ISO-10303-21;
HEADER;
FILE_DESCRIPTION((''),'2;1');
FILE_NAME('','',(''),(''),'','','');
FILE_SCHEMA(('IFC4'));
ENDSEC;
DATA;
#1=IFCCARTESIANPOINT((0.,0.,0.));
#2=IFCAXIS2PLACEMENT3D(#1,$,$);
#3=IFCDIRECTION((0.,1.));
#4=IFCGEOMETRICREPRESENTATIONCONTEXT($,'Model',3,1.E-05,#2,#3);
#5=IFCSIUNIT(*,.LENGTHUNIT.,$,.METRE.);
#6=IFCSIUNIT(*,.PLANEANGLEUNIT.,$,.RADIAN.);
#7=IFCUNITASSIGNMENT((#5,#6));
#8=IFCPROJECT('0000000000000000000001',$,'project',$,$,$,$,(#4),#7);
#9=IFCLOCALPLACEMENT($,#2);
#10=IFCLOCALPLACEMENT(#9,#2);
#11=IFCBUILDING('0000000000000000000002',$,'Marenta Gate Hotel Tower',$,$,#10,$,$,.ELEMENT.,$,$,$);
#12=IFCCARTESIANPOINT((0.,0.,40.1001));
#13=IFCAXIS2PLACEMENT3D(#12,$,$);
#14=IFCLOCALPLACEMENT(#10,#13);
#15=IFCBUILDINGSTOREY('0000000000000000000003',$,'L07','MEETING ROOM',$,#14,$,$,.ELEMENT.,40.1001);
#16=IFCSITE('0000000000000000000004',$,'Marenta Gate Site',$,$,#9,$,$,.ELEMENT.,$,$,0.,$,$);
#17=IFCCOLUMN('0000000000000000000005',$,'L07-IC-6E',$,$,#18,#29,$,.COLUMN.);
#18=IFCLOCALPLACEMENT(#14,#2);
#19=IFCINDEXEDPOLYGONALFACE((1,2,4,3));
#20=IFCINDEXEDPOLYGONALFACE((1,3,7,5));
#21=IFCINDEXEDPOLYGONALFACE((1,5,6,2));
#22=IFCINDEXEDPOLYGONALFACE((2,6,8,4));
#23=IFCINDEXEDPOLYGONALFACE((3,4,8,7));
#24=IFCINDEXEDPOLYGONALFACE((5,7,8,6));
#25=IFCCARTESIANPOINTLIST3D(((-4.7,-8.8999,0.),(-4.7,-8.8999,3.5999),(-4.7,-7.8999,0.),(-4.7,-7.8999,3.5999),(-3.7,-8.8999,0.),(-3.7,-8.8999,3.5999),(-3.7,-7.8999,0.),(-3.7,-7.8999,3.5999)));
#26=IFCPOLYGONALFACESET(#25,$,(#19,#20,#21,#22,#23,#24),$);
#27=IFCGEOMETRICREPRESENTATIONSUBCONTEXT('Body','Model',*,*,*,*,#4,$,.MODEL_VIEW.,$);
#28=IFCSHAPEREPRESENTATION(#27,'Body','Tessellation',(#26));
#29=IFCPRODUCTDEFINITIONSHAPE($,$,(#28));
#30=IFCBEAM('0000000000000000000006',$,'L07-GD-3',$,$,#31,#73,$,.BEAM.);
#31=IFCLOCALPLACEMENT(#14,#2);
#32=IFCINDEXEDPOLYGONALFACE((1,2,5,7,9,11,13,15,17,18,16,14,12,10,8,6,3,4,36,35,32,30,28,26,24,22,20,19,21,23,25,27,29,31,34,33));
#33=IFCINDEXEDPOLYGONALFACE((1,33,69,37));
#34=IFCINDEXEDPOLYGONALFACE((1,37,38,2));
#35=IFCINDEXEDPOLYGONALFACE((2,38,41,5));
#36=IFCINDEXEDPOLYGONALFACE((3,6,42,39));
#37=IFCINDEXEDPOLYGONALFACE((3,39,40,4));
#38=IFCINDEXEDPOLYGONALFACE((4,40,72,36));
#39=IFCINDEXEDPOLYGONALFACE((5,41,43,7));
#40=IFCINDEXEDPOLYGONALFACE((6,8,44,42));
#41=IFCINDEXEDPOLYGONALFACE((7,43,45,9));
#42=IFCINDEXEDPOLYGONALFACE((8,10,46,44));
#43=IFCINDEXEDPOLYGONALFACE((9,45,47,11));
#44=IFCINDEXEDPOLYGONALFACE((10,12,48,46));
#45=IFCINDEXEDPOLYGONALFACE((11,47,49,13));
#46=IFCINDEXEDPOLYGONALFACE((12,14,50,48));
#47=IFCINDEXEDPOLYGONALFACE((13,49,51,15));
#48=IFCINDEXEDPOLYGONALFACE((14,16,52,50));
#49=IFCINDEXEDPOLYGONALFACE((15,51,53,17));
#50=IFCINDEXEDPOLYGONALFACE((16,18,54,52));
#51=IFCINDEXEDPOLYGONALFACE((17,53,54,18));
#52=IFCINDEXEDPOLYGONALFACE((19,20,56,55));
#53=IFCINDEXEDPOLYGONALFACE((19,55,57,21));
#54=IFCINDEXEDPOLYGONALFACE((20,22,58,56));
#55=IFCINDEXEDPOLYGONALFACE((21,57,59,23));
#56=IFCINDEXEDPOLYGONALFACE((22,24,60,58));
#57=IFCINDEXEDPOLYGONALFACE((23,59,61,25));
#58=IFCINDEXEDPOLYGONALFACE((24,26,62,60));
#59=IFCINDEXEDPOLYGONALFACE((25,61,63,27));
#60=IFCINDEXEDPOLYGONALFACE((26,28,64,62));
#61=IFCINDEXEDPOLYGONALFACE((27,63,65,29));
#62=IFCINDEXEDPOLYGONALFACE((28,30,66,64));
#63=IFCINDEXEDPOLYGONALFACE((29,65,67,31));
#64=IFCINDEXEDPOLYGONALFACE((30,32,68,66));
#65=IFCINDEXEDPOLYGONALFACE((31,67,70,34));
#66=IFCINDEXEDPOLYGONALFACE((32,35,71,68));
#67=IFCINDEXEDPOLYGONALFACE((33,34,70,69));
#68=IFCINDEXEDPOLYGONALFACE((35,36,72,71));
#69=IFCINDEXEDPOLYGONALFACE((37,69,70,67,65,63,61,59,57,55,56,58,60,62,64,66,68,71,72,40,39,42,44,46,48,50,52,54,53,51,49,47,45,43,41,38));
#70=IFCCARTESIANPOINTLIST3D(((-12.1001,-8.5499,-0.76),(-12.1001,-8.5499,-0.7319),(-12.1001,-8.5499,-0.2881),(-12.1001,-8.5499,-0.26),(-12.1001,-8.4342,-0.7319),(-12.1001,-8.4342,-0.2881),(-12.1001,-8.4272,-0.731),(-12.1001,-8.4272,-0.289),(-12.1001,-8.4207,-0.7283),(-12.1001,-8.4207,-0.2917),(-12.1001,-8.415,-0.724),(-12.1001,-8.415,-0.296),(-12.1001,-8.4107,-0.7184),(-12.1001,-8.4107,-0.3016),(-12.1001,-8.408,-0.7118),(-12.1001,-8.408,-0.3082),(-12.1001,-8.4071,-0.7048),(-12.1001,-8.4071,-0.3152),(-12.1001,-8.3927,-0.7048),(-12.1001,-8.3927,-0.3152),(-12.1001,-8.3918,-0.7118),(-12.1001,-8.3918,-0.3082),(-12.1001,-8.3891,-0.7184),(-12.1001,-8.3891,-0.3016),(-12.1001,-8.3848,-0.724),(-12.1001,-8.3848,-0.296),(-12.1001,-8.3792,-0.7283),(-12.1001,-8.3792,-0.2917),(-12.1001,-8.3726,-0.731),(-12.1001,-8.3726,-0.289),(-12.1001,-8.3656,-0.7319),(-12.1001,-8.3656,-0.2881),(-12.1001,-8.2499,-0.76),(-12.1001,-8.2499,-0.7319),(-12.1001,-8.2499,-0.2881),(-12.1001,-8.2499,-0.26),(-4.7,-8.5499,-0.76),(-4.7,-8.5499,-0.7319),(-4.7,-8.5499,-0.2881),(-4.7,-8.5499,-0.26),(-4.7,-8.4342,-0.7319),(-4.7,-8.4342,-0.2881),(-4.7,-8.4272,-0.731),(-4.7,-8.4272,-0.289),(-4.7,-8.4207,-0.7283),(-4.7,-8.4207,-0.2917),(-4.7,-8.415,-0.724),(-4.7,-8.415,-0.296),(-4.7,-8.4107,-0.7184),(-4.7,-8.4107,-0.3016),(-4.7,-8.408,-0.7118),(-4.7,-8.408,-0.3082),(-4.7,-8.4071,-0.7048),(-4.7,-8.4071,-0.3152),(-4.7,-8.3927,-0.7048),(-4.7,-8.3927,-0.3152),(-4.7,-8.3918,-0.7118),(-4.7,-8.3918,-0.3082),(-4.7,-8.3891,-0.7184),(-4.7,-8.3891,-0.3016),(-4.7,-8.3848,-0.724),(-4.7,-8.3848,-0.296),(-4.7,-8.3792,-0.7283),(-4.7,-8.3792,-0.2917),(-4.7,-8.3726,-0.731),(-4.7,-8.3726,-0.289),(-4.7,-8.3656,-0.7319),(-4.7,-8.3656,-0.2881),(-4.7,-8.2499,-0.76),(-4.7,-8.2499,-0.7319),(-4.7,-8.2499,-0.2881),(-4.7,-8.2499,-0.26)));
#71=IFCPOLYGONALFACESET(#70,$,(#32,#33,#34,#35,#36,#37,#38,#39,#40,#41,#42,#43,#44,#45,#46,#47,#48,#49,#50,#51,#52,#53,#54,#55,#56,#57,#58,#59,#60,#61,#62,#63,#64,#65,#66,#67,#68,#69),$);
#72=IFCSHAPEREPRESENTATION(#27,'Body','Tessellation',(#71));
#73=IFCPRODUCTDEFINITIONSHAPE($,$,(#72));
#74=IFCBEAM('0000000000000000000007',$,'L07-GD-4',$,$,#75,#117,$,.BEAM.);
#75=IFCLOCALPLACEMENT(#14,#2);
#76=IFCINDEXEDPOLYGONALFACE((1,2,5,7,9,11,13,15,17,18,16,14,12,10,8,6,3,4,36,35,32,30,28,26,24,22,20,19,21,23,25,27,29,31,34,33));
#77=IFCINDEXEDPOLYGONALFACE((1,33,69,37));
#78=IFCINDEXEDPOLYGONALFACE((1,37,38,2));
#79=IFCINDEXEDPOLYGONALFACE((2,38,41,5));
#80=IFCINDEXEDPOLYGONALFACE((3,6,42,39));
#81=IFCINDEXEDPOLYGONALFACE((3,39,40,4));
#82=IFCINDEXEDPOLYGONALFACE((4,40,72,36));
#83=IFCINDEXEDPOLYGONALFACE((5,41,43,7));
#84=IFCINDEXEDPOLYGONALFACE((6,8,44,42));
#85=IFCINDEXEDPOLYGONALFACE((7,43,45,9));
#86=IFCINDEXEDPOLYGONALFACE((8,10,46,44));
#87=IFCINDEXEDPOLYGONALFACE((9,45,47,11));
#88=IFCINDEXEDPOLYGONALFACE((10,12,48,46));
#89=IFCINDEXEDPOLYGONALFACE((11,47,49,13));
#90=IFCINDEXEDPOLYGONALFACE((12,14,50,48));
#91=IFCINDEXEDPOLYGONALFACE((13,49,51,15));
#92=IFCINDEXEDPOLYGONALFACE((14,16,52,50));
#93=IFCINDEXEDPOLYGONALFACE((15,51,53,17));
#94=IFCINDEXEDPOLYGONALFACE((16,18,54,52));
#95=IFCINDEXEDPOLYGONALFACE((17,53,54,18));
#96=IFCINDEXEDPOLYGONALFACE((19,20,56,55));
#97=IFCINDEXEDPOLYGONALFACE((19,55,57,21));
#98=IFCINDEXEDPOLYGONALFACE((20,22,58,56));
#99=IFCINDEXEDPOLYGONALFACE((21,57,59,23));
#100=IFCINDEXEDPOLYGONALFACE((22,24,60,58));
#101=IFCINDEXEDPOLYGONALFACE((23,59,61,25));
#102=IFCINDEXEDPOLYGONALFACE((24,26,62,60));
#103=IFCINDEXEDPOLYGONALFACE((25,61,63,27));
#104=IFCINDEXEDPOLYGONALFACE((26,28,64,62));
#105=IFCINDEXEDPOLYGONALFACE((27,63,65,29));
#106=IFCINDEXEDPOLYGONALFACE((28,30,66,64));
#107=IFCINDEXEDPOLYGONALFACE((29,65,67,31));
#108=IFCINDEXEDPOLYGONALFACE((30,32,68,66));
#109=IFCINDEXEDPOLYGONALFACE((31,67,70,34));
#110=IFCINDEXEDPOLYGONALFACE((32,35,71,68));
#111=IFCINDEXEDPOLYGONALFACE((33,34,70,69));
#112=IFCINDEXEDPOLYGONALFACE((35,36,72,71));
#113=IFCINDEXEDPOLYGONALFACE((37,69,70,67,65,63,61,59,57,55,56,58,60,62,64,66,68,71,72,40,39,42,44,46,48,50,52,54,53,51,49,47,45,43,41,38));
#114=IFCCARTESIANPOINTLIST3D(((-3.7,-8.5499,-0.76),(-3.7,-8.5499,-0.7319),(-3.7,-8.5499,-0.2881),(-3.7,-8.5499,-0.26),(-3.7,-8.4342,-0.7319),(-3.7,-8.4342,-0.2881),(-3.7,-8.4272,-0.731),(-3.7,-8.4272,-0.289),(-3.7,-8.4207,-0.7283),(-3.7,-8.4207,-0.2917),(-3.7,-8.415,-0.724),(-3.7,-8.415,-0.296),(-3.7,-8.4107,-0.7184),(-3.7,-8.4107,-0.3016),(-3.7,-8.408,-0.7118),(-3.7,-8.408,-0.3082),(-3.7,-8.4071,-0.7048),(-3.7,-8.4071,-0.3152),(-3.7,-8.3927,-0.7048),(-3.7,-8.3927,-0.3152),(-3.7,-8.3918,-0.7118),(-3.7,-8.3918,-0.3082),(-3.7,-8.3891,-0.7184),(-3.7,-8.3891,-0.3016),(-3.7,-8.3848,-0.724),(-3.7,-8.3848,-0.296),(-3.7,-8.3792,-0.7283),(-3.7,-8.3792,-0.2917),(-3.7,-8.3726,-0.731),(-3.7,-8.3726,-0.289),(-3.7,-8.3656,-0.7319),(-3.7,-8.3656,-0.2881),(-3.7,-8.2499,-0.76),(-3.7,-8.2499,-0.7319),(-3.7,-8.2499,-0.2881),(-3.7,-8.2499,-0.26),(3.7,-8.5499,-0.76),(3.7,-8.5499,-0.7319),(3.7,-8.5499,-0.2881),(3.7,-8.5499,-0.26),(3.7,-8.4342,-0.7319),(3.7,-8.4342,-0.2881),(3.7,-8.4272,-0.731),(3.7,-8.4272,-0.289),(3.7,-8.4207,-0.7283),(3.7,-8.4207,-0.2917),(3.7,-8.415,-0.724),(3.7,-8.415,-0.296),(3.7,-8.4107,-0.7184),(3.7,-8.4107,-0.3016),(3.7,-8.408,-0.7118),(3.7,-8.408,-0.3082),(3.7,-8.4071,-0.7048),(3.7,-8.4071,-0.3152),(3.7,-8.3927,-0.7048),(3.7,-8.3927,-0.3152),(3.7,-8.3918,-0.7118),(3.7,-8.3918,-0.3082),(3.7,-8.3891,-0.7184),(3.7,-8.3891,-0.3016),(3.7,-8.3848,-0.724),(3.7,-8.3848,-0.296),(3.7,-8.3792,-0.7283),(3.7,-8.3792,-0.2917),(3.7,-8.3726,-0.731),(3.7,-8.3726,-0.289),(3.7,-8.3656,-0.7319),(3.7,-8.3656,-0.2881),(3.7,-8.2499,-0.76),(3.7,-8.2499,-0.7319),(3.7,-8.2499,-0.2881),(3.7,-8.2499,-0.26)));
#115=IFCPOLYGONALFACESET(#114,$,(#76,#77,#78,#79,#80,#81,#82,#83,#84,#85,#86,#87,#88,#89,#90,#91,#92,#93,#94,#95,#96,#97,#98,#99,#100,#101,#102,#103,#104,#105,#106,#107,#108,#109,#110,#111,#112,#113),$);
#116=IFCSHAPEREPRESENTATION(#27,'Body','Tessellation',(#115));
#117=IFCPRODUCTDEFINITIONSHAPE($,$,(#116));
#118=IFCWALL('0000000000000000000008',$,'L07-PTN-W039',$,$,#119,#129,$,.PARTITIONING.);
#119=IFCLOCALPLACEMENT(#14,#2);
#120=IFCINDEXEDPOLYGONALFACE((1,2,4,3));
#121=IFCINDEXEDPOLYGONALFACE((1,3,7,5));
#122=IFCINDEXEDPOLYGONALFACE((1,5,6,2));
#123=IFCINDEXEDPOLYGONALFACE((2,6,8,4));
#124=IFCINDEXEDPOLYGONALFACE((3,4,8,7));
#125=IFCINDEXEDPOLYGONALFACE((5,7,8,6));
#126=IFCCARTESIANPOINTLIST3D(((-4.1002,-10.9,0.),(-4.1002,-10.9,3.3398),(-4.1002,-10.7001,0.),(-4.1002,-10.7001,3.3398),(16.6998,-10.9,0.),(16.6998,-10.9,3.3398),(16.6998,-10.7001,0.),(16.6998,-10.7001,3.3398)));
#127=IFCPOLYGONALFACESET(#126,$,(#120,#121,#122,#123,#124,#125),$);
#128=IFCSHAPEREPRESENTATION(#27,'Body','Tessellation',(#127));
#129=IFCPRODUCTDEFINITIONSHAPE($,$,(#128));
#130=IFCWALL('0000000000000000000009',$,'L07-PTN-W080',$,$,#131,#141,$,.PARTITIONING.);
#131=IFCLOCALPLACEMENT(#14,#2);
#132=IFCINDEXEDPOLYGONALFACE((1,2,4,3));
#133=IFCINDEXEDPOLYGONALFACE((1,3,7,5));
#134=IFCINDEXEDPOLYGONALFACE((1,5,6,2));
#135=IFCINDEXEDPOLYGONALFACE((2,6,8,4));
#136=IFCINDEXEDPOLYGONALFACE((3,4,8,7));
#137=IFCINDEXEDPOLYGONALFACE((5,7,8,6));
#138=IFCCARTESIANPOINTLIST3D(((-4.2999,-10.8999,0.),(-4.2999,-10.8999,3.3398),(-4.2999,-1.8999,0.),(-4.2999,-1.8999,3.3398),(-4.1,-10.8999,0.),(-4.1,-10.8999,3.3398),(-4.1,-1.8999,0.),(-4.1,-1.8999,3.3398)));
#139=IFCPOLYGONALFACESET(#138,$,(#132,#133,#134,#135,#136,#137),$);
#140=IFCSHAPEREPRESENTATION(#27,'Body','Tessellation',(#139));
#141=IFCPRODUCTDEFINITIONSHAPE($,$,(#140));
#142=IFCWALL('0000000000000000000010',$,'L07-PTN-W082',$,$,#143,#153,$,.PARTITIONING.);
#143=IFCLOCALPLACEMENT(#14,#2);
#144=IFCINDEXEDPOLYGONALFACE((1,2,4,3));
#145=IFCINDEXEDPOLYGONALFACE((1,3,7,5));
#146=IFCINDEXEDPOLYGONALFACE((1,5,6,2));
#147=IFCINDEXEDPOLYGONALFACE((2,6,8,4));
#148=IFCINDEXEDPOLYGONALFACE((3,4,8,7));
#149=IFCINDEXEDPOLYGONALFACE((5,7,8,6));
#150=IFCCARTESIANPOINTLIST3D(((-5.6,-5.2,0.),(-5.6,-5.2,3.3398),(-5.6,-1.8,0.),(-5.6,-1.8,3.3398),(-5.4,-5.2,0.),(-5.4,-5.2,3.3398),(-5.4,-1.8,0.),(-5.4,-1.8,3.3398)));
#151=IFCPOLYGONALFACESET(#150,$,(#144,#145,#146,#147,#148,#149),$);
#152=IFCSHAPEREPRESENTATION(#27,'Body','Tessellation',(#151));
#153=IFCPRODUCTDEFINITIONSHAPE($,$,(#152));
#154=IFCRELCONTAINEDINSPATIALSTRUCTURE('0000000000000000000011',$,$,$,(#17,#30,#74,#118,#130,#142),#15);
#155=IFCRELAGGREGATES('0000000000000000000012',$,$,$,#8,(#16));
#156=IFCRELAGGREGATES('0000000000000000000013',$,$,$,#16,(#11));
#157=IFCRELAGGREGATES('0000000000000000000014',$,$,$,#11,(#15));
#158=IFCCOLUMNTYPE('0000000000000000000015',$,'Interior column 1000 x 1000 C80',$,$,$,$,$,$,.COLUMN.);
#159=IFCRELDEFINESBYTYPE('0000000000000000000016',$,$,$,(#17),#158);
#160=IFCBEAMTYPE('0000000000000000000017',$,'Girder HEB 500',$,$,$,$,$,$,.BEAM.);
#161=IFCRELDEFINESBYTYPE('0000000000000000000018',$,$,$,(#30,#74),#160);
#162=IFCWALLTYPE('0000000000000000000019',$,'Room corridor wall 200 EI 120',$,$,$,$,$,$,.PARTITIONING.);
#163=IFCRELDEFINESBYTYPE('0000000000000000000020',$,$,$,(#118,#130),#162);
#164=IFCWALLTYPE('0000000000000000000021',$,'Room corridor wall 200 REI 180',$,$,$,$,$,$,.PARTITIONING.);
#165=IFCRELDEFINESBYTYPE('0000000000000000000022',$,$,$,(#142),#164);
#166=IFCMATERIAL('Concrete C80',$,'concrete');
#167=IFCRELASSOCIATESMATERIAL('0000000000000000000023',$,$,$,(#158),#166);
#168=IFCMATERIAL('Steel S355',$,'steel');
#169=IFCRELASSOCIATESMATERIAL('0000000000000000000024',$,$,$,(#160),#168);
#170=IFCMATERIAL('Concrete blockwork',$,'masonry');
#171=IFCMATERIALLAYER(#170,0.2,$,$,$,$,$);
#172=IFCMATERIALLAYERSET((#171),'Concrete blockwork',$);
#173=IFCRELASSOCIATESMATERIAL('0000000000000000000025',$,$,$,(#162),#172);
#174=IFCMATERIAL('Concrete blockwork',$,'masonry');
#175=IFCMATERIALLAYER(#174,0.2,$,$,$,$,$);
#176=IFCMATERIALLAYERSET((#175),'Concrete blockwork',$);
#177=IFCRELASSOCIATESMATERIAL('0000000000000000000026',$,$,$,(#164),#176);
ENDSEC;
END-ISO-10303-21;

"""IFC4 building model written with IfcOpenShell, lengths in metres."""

from ifc_helpers import new_model, si_unit, direction, frame, frame_2d, origin, origin_2d, place, context, subcontext, project, spatial, rectangle, i_section, extrude, material, layer, layer_set, material_profile, profile_set, type_object, element, save


model = new_model("IFC4")

# Units and contexts
model_context = context("Model", 3, precision=1e-05, world=origin(), true_north=direction((0.0, 1.0)))
body_context = subcontext(model_context, "Body", "Model", "MODEL_VIEW")
ifc_project = project(units=[si_unit("LENGTHUNIT", "METRE"), si_unit("PLANEANGLEUNIT", "RADIAN")], contexts=[model_context])

# Site, building, storey
site_placement = place(None, origin())
site = spatial("IfcSite", under=ifc_project, at=site_placement, Name="Marenta Gate Site", CompositionType="ELEMENT", RefElevation=0.0)
building_placement = place(site_placement, origin())
building = spatial("IfcBuilding", under=site, at=building_placement, Name="Marenta Gate Hotel Tower", CompositionType="ELEMENT")
storey_placement = place(building_placement, frame((0.0, 0.0, 40.1001)))
storey = spatial("IfcBuildingStorey", under=building, at=storey_placement, Name="L07", Description="MEETING ROOM", CompositionType="ELEMENT", Elevation=40.1001)

# Column
ifc_material_1 = material(Name="Concrete C80", Category="concrete")
ifc_material_profile_1 = material_profile(ifc_material_1, rectangle(XDim=1.0, YDim=1.0, at=origin_2d()), Name="1000 x 1000")
ifc_profile_set_1 = profile_set([ifc_material_profile_1], Name="Concrete C80")
column_type = type_object("IfcColumnType", Name="Interior column 1000 x 1000 C80", PredefinedType="COLUMN", material=ifc_profile_set_1)
column_placement = place(storey_placement, frame((-4.2, -8.3999, 0.0), z_axis=(0.0, 0.0, 1.0), x_axis=(1.0, 0.0, 0.0)))
element("IfcColumn", 1, at=column_placement, inside=storey, type_object=column_type, Name="L07-IC-6E", PredefinedType="COLUMN", context=body_context, shape_type="SweptSolid", body=[
    extrude(rectangle(XDim=1.0, YDim=1.0, at=origin_2d()), origin(), (0.0, 0.0, 1.0), 3.5999),
])

# Beams
ifc_material_2 = material(Name="Steel S355", Category="steel")
ifc_material_profile_2 = material_profile(ifc_material_2, i_section(OverallWidth=0.3, OverallDepth=0.5, WebThickness=0.0144, FlangeThickness=0.0281, FilletRadius=0.0271, at=origin_2d()), Name="HEB 500")
ifc_profile_set_2 = profile_set([ifc_material_profile_2], Name="Steel S355")
beam_type = type_object("IfcBeamType", Name="Girder HEB 500", PredefinedType="BEAM", material=ifc_profile_set_2)
beam_1_placement = place(storey_placement, frame((-12.1001, -8.3999, -0.51), z_axis=(1.0, 0.0, 0.0), x_axis=(0.0, 1.0, 0.0)))
element("IfcBeam", 2, at=beam_1_placement, inside=storey, type_object=beam_type, Name="L07-GD-3", PredefinedType="BEAM", context=body_context, shape_type="SweptSolid", body=[
    extrude(i_section(OverallWidth=0.3, OverallDepth=0.5, WebThickness=0.0144, FlangeThickness=0.0281, FilletRadius=0.0271, at=origin_2d()), origin(), (0.0, 0.0, 1.0), 7.4001),
])
beam_2_placement = place(storey_placement, frame((-3.7, -8.3999, -0.51), z_axis=(1.0, 0.0, 0.0), x_axis=(0.0, 1.0, 0.0)))
element("IfcBeam", 3, at=beam_2_placement, inside=storey, type_object=beam_type, Name="L07-GD-4", PredefinedType="BEAM", context=body_context, shape_type="SweptSolid", body=[
    extrude(i_section(OverallWidth=0.3, OverallDepth=0.5, WebThickness=0.0144, FlangeThickness=0.0281, FilletRadius=0.0271, at=origin_2d()), origin(), (0.0, 0.0, 1.0), 7.3999),
])

# Walls
ifc_material_3 = material(Name="Concrete blockwork", Category="masonry")
ifc_layer_1 = layer(ifc_material_3, 0.2)
ifc_layer_set_1 = layer_set([ifc_layer_1], Name="Concrete blockwork")
wall_type_1 = type_object("IfcWallType", Name="Room corridor wall 200 EI 120", PredefinedType="PARTITIONING", material=ifc_layer_set_1)
wall_1_placement = place(storey_placement, frame((-4.1001, -10.8, 0.0), z_axis=(0.0, 0.0, 1.0), x_axis=(1.0, 0.0, 0.0)))
element("IfcWall", 4, at=wall_1_placement, inside=storey, type_object=wall_type_1, Name="L07-PTN-W039", PredefinedType="PARTITIONING", context=body_context, shape_type="SweptSolid", body=[
    extrude(rectangle(XDim=20.8, YDim=0.2, at=frame_2d((10.3999, 0.0))), origin(), (0.0, 0.0, 1.0), 3.3398),
])
wall_2_placement = place(storey_placement, frame((-4.2, -10.8999, 0.0), z_axis=(0.0, 0.0, 1.0), x_axis=(0.0, 1.0, 0.0)))
element("IfcWall", 5, at=wall_2_placement, inside=storey, type_object=wall_type_1, Name="L07-PTN-W080", PredefinedType="PARTITIONING", context=body_context, shape_type="SweptSolid", body=[
    extrude(rectangle(XDim=9.0, YDim=0.2, at=frame_2d((4.5, 0.0))), origin(), (0.0, 0.0, 1.0), 3.3398),
])

# Shared definitions
ifc_material_4 = material(Name="Concrete blockwork", Category="masonry")
ifc_layer_2 = layer(ifc_material_4, 0.2)
ifc_layer_set_2 = layer_set([ifc_layer_2], Name="Concrete blockwork")
wall_type_2 = type_object("IfcWallType", Name="Room corridor wall 200 REI 180", PredefinedType="PARTITIONING", material=ifc_layer_set_2)

# Wall
wall_3_placement = place(storey_placement, frame((-5.5, -5.2, 0.0), z_axis=(0.0, 0.0, 1.0), x_axis=(0.0, 1.0, 0.0)))
element("IfcWall", 6, at=wall_3_placement, inside=storey, type_object=wall_type_2, Name="L07-PTN-W082", PredefinedType="PARTITIONING", context=body_context, shape_type="SweptSolid", body=[
    extrude(rectangle(XDim=3.3999, YDim=0.2, at=frame_2d((1.7, 0.0))), origin(), (0.0, 0.0, 1.0), 3.3398),
])

save(model, "model.ifc")
